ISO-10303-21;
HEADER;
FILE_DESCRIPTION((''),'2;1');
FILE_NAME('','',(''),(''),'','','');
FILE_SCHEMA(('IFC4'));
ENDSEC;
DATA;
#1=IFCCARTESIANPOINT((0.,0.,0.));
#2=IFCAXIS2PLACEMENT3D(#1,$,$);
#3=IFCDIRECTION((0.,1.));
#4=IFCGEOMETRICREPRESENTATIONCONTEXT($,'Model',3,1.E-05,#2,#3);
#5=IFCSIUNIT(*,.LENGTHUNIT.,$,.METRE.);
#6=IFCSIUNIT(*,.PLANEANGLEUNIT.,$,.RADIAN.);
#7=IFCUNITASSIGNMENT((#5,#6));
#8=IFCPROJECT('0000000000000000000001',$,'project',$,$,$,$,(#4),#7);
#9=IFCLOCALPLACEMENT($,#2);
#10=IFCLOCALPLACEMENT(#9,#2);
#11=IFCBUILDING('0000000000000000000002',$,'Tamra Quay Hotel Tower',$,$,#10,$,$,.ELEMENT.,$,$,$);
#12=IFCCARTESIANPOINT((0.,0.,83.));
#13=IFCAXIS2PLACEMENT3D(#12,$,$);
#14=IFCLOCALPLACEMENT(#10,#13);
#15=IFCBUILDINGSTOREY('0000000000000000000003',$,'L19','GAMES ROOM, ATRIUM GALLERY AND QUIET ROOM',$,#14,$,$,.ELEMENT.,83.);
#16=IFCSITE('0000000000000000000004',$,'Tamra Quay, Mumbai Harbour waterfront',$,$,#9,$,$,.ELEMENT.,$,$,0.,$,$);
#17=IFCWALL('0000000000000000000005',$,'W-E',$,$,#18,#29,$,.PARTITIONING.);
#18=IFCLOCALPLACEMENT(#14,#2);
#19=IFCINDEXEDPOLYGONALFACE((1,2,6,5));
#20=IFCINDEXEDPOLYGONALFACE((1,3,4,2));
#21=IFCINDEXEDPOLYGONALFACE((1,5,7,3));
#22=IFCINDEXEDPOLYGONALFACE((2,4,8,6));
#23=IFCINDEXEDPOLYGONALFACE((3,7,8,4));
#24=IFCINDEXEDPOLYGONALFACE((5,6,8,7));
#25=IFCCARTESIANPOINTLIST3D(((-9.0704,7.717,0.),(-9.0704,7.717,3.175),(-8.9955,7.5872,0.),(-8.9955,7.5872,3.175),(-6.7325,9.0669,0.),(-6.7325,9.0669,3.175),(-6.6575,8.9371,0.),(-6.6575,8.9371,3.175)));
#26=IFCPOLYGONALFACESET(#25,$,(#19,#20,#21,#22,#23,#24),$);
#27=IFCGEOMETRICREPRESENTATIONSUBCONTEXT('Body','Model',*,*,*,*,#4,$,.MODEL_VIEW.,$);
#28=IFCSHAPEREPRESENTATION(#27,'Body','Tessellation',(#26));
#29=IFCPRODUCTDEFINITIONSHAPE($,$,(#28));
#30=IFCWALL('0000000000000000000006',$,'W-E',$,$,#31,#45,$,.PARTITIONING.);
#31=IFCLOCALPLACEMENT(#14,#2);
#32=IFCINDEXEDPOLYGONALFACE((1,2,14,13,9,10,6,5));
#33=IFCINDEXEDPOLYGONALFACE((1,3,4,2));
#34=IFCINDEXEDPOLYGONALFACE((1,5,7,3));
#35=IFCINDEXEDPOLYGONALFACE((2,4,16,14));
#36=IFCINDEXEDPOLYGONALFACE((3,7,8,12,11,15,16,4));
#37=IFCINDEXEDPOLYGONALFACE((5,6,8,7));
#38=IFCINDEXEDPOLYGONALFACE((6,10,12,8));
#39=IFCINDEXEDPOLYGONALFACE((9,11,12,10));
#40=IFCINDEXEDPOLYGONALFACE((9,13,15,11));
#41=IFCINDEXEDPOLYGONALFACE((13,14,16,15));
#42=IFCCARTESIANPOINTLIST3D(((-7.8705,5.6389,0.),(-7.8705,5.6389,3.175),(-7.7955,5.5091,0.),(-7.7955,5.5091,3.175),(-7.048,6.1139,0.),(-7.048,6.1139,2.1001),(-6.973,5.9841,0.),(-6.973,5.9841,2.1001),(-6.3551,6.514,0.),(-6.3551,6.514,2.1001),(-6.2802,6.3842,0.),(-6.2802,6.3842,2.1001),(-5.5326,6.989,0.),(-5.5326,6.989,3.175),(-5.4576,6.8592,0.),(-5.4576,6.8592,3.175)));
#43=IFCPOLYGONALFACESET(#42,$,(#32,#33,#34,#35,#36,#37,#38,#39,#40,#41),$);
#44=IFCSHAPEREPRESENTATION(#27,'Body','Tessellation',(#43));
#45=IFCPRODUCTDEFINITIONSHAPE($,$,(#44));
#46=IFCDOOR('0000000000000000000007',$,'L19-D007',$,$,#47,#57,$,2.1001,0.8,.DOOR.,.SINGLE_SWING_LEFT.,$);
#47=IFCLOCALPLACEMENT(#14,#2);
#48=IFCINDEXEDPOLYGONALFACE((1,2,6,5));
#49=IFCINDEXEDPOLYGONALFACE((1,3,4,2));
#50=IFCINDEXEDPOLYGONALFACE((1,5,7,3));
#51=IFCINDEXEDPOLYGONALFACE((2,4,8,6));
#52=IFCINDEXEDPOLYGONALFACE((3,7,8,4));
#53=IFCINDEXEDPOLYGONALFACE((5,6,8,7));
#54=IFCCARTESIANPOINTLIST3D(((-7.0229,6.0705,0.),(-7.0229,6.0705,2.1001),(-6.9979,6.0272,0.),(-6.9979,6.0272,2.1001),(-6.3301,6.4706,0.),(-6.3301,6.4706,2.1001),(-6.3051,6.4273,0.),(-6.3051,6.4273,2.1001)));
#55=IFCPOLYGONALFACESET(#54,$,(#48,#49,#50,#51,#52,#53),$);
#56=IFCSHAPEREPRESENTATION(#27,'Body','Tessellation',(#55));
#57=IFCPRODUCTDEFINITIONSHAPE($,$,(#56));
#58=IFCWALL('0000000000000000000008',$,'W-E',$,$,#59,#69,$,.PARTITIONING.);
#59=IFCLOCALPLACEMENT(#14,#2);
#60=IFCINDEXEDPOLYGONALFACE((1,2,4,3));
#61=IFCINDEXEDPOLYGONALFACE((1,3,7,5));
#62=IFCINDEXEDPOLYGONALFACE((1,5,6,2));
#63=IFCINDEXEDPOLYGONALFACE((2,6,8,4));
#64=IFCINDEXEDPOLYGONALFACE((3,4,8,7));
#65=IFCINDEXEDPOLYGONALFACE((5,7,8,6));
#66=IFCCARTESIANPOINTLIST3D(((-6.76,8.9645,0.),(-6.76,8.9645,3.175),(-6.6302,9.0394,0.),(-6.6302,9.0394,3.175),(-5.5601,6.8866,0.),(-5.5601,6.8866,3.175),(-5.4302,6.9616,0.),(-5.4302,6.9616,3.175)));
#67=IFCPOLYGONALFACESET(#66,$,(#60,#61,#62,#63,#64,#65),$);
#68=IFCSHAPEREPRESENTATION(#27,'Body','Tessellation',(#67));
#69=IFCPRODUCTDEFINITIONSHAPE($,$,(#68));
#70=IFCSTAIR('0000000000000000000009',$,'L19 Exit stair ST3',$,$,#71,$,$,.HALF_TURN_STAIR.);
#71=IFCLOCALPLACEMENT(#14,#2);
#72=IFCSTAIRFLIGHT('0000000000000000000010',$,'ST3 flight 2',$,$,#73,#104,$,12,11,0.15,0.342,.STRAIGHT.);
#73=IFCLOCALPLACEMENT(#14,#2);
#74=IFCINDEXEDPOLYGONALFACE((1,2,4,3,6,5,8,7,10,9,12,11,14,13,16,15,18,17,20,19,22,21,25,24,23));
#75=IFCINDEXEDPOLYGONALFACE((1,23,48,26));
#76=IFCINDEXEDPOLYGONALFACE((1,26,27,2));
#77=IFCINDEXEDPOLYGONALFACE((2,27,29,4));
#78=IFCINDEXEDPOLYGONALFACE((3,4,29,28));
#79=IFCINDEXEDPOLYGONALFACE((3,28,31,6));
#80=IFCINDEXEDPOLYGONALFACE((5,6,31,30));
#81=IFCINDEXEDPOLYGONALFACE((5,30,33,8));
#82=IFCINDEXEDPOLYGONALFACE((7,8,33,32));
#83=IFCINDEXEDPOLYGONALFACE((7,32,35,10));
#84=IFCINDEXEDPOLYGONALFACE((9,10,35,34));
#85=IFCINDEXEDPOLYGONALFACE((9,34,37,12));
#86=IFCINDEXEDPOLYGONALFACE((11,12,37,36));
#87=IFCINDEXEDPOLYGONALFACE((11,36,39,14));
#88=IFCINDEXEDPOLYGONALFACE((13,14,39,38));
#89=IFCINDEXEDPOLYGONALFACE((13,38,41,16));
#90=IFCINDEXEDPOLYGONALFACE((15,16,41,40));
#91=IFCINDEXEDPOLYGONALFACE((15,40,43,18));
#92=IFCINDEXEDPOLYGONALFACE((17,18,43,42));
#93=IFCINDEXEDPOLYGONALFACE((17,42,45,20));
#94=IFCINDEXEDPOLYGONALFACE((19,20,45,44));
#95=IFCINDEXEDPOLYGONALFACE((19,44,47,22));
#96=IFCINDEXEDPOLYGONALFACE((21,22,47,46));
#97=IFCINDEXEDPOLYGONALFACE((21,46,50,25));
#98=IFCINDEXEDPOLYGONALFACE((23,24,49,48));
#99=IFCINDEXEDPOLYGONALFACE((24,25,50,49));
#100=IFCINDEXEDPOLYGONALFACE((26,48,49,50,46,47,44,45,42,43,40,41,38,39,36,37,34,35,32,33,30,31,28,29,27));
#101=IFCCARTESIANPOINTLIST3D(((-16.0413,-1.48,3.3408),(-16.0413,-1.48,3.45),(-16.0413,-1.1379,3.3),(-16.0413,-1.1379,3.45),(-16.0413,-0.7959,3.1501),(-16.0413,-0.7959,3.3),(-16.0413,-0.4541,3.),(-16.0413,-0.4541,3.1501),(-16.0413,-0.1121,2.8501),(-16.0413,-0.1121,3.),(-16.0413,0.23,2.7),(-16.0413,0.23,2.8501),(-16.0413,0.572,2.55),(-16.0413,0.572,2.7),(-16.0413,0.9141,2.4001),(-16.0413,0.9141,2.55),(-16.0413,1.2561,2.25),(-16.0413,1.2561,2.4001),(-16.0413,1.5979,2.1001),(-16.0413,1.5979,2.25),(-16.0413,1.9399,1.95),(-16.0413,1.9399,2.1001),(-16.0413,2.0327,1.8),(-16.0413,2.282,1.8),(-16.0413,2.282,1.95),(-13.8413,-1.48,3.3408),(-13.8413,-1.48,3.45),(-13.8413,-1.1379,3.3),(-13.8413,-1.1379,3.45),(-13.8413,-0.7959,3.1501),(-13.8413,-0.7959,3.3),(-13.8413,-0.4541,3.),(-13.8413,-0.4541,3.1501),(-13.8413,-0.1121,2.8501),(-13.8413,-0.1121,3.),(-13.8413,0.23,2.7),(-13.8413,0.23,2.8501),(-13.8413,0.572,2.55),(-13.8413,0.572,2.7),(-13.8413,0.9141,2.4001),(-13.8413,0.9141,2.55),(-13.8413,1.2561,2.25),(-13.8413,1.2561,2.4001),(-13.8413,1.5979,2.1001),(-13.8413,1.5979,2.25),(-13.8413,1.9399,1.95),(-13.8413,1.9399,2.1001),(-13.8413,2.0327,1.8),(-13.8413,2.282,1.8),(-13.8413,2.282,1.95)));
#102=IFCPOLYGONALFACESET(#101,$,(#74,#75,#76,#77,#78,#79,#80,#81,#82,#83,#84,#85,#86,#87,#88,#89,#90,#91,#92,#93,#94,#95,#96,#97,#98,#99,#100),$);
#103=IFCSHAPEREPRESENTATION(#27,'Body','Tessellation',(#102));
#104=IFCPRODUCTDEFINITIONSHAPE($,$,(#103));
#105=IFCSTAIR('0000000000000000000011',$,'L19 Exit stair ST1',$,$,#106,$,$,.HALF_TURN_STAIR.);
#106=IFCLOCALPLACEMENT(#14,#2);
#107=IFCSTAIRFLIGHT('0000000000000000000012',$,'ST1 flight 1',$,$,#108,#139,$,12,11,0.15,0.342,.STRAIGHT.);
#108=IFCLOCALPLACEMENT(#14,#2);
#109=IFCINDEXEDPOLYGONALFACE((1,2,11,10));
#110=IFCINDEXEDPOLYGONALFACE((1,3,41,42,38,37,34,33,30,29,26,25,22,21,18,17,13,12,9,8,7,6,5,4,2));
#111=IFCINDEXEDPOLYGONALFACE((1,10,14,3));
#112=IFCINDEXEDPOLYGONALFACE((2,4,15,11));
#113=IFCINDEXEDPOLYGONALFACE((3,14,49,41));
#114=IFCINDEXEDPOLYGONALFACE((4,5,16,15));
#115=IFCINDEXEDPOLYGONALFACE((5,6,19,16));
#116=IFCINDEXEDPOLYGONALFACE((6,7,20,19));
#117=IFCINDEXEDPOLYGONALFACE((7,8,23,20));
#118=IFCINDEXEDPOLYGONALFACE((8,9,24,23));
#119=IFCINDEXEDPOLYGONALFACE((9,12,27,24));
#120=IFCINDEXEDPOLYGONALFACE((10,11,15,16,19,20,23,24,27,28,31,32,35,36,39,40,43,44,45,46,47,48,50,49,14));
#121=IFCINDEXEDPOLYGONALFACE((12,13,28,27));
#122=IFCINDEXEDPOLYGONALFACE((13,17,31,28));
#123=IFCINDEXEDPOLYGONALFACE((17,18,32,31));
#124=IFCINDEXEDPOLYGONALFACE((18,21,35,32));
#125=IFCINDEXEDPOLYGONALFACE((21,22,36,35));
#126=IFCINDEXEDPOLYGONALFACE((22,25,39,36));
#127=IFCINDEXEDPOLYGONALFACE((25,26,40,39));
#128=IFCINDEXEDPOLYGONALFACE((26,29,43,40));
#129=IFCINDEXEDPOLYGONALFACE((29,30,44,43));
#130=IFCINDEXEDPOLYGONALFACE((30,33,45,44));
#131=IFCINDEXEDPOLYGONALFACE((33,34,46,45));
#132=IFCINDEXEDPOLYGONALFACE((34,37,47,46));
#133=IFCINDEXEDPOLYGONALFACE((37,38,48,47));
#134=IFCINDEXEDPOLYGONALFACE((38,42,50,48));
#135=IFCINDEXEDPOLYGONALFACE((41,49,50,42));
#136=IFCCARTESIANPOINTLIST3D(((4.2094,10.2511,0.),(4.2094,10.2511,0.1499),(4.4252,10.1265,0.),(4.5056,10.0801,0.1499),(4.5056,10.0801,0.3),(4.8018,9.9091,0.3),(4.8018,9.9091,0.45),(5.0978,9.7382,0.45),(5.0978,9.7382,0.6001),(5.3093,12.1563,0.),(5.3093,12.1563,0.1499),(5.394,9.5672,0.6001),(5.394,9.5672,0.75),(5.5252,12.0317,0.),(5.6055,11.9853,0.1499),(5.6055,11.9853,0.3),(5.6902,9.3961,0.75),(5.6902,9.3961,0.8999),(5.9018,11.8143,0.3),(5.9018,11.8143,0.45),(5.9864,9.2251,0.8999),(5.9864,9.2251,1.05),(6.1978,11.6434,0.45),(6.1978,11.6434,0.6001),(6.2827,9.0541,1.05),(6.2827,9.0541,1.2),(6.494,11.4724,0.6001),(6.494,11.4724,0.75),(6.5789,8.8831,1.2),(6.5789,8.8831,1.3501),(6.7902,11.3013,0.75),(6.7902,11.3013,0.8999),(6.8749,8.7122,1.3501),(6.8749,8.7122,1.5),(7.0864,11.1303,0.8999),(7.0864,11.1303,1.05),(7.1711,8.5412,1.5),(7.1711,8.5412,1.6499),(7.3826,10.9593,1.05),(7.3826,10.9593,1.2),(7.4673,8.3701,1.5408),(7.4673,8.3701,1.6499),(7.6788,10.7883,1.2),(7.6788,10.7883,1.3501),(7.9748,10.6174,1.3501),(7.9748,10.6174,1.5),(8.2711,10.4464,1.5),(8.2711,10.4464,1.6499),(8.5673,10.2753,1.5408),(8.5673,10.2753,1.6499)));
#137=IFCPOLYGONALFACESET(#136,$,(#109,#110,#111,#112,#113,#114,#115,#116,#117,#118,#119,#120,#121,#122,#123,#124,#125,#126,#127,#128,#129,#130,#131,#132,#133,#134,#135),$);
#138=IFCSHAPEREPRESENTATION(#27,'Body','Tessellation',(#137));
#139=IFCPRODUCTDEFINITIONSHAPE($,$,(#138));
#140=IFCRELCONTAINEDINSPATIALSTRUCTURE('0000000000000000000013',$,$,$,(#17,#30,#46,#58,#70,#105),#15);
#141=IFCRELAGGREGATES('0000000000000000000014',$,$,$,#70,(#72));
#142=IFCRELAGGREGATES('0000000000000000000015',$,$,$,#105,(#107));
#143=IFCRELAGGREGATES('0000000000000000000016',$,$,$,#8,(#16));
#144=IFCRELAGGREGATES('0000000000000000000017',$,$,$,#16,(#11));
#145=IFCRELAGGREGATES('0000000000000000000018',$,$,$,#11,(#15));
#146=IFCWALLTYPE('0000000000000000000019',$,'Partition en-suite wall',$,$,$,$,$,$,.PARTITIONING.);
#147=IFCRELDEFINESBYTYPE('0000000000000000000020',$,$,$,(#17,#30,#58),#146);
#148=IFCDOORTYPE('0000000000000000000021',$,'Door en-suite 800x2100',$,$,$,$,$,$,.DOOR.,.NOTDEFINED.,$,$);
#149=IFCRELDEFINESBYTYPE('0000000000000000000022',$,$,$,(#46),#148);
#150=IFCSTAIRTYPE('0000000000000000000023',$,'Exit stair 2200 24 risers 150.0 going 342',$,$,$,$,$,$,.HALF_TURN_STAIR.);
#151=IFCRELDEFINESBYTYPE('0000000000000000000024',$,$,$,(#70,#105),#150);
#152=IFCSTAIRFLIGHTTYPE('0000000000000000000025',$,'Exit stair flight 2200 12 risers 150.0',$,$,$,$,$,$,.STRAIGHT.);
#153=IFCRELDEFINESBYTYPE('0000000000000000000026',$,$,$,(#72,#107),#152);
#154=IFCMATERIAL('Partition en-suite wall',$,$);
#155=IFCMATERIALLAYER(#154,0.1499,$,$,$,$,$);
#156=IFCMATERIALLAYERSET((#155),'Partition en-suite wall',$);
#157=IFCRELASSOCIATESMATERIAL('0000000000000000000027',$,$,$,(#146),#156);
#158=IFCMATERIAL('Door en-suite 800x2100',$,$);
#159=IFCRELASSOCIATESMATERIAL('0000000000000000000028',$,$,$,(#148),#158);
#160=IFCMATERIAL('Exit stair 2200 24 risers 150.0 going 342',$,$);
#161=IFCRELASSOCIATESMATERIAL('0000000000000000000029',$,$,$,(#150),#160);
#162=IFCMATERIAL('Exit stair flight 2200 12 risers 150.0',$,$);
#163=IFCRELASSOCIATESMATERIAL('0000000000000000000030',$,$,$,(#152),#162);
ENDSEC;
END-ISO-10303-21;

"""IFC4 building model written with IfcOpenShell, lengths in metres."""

from ifc_helpers import new_model, si_unit, direction, frame, frame_2d, origin, place, context, subcontext, project, spatial, polyline, rectangle, outline, extrude, material, layer, layer_set, type_object, element, fill, aggregate, save


model = new_model("IFC4")

# Units and contexts
model_context = context("Model", 3, precision=1e-05, world=origin(), true_north=direction((0.0, 1.0)))
body_context = subcontext(model_context, "Body", "Model", "MODEL_VIEW")
ifc_project = project(units=[si_unit("LENGTHUNIT", "METRE"), si_unit("PLANEANGLEUNIT", "RADIAN")], contexts=[model_context])

# Site, building, storey
site_placement = place(None, origin())
site = spatial("IfcSite", under=ifc_project, at=site_placement, Name="Tamra Quay, Mumbai Harbour waterfront", CompositionType="ELEMENT", RefElevation=0.0)
building_placement = place(site_placement, origin())
building = spatial("IfcBuilding", under=site, at=building_placement, Name="Tamra Quay Hotel Tower", CompositionType="ELEMENT")
storey_placement = place(building_placement, frame((0.0, 0.0, 83.0)))
storey = spatial("IfcBuildingStorey", under=building, at=storey_placement, Name="L19", Description="GAMES ROOM, ATRIUM GALLERY AND QUIET ROOM", CompositionType="ELEMENT", Elevation=83.0)

# Wall
ifc_material_1 = material(Name="Partition en-suite wall")
ifc_layer_1 = layer(ifc_material_1, 0.1499)
ifc_layer_set_1 = layer_set([ifc_layer_1], Name="Partition en-suite wall")
wall_type_1 = type_object("IfcWallType", Name="Partition en-suite wall", PredefinedType="PARTITIONING", material=ifc_layer_set_1)
wall_1_placement = place(storey_placement, frame((-9.033, 7.6521, 0.0), z_axis=(0.0, 0.0, 1.0), x_axis=(0.866014, 0.50002, 0.0)))
element("IfcWall", 1, at=wall_1_placement, inside=storey, type_object=wall_type_1, Name="W-E", PredefinedType="PARTITIONING", context=body_context, shape_type="SweptSolid", body=[
    extrude(rectangle(XDim=2.6997, YDim=0.1499, at=frame_2d((1.3499, 0.0))), origin(), (0.0, 0.0, 1.0), 3.175),
])

# Wall, opening, door
wall_2_placement = place(storey_placement, frame((-7.833, 5.574, 0.0), z_axis=(0.0, 0.0, 1.0), x_axis=(0.865975, 0.500088, 0.0)))
wall_2 = element("IfcWall", 2, at=wall_2_placement, inside=storey, type_object=wall_type_1, Name="W-E", PredefinedType="PARTITIONING", context=body_context, shape_type="SweptSolid", body=[
    extrude(rectangle(XDim=2.6997, YDim=0.1499, at=frame_2d((1.3499, 0.0))), origin(), (0.0, 0.0, 1.0), 3.175),
])
opening_1_placement = place(wall_2_placement, frame((0.95, 0.0, 0.0)))
opening_1 = element("IfcOpeningElement", 3, at=opening_1_placement, cuts=wall_2, PredefinedType="OPENING", context=body_context, shape_type="SweptSolid", body=[
    extrude(rectangle(XDim=0.8, YDim=2.1001, at=frame_2d((0.3999, 1.05))), frame((0.0, 0.085, 0.0), z_axis=(0.0, -1.0, 0.0), x_axis=(1.0, 0.0, 0.0)), (0.0, 0.0, 1.0), 0.1699),
])
ifc_material_2 = material(Name="Door en-suite 800x2100")
door_type_1 = type_object("IfcDoorType", Name="Door en-suite 800x2100", OperationType="NOTDEFINED", PredefinedType="DOOR", material=ifc_material_2)
door_1_placement = place(opening_1_placement, origin())
door_1 = element("IfcDoor", 4, at=door_1_placement, inside=storey, type_object=door_type_1, Name="L19-D007", OperationType="SINGLE_SWING_LEFT", OverallHeight=2.1001, OverallWidth=0.8, PredefinedType="DOOR", context=body_context, shape_type="SweptSolid", body=[
    extrude(rectangle(XDim=0.8, YDim=2.1001, at=frame_2d((0.3999, 1.05))), frame((0.0, 0.0249, 0.0), z_axis=(0.0, -1.0, 0.0), x_axis=(1.0, 0.0, 0.0)), (0.0, 0.0, 1.0), 0.05),
])
fill(opening_1, door_1)

# Wall
wall_3_placement = place(storey_placement, frame((-6.6951, 9.002, 0.0), z_axis=(0.0, 0.0, 1.0), x_axis=(0.500089, -0.865974, 0.0)))
element("IfcWall", 5, at=wall_3_placement, inside=storey, type_object=wall_type_1, Name="W-E", PredefinedType="PARTITIONING", context=body_context, shape_type="SweptSolid", body=[
    extrude(rectangle(XDim=2.3994, YDim=0.1499, at=frame_2d((1.1997, 0.0))), origin(), (0.0, 0.0, 1.0), 3.175),
])

# Stairs, stair flights
ifc_material_3 = material(Name="Exit stair 2200 24 risers 150.0 going 342")
stair_type = type_object("IfcStairType", Name="Exit stair 2200 24 risers 150.0 going 342", PredefinedType="HALF_TURN_STAIR", material=ifc_material_3)
stair_1_placement = place(storey_placement, origin())
stair_1 = element("IfcStair", 6, at=stair_1_placement, inside=storey, type_object=stair_type, Name="L19 Exit stair ST3", PredefinedType="HALF_TURN_STAIR")
ifc_material_4 = material(Name="Exit stair flight 2200 12 risers 150.0")
stair_flight_type = type_object("IfcStairFlightType", Name="Exit stair flight 2200 12 risers 150.0", PredefinedType="STRAIGHT", material=ifc_material_4)
stair_flight_1_placement = place(storey_placement, frame((-14.9414, 2.282, 1.8), z_axis=(0.0, 0.0, 1.0), x_axis=(0.0, -1.0, 0.0)))
stair_flight_1 = element("IfcStairFlight", 7, at=stair_flight_1_placement, type_object=stair_flight_type, Name="ST3 flight 2", NumberOfRisers=12, NumberOfTreads=11, PredefinedType="STRAIGHT", RiserHeight=0.15, TreadLength=0.342, context=body_context, shape_type="SweptSolid", body=[
    extrude(outline(polyline([(0.0, 0.0), (0.0, 0.1499), (0.342, 0.1499), (0.342, 0.3), (0.6841, 0.3), (0.6841, 0.45), (1.0259, 0.45), (1.0259, 0.6001), (1.3679, 0.6001), (1.3679, 0.75), (1.71, 0.75), (1.71, 0.8999), (2.052, 0.8999), (2.052, 1.05), (2.394, 1.05), (2.394, 1.2), (2.7361, 1.2), (2.7361, 1.3501), (3.0779, 1.3501), (3.0779, 1.5), (3.4199, 1.5), (3.4199, 1.6499), (3.762, 1.6499), (3.762, 1.8), (3.762, 1.5408), (0.2493, 0.0), (0.0, 0.0)])), frame((0.0, 1.1001, 0.0), z_axis=(0.0, -1.0, 0.0), x_axis=(1.0, 0.0, 0.0)), (0.0, 0.0, 1.0), 2.2),
])
aggregate(stair_1, [stair_flight_1])
stair_2_placement = place(storey_placement, origin())
stair_2 = element("IfcStair", 8, at=stair_2_placement, inside=storey, type_object=stair_type, Name="L19 Exit stair ST1", PredefinedType="HALF_TURN_STAIR")
stair_flight_2_placement = place(storey_placement, frame((4.7593, 11.2036, 0.0), z_axis=(0.0, 0.0, 1.0), x_axis=(0.866025, -0.5, 0.0)))
stair_flight_2 = element("IfcStairFlight", 9, at=stair_flight_2_placement, type_object=stair_flight_type, Name="ST1 flight 1", NumberOfRisers=12, NumberOfTreads=11, PredefinedType="STRAIGHT", RiserHeight=0.15, TreadLength=0.342, context=body_context, shape_type="SweptSolid", body=[
    extrude(outline(polyline([(0.0, 0.0), (0.0, 0.1499), (0.342, 0.1499), (0.342, 0.3), (0.6841, 0.3), (0.6841, 0.45), (1.0259, 0.45), (1.0259, 0.6001), (1.3679, 0.6001), (1.3679, 0.75), (1.71, 0.75), (1.71, 0.8999), (2.052, 0.8999), (2.052, 1.05), (2.394, 1.05), (2.394, 1.2), (2.7361, 1.2), (2.7361, 1.3501), (3.0779, 1.3501), (3.0779, 1.5), (3.4199, 1.5), (3.4199, 1.6499), (3.762, 1.6499), (3.762, 1.8), (3.762, 1.5408), (0.2493, 0.0), (0.0, 0.0)])), frame((0.0, 1.1001, 0.0), z_axis=(0.0, -1.0, 0.0), x_axis=(1.0, 0.0, 0.0)), (0.0, 0.0, 1.0), 2.2),
])
aggregate(stair_2, [stair_flight_2])

save(model, "model.ifc")
